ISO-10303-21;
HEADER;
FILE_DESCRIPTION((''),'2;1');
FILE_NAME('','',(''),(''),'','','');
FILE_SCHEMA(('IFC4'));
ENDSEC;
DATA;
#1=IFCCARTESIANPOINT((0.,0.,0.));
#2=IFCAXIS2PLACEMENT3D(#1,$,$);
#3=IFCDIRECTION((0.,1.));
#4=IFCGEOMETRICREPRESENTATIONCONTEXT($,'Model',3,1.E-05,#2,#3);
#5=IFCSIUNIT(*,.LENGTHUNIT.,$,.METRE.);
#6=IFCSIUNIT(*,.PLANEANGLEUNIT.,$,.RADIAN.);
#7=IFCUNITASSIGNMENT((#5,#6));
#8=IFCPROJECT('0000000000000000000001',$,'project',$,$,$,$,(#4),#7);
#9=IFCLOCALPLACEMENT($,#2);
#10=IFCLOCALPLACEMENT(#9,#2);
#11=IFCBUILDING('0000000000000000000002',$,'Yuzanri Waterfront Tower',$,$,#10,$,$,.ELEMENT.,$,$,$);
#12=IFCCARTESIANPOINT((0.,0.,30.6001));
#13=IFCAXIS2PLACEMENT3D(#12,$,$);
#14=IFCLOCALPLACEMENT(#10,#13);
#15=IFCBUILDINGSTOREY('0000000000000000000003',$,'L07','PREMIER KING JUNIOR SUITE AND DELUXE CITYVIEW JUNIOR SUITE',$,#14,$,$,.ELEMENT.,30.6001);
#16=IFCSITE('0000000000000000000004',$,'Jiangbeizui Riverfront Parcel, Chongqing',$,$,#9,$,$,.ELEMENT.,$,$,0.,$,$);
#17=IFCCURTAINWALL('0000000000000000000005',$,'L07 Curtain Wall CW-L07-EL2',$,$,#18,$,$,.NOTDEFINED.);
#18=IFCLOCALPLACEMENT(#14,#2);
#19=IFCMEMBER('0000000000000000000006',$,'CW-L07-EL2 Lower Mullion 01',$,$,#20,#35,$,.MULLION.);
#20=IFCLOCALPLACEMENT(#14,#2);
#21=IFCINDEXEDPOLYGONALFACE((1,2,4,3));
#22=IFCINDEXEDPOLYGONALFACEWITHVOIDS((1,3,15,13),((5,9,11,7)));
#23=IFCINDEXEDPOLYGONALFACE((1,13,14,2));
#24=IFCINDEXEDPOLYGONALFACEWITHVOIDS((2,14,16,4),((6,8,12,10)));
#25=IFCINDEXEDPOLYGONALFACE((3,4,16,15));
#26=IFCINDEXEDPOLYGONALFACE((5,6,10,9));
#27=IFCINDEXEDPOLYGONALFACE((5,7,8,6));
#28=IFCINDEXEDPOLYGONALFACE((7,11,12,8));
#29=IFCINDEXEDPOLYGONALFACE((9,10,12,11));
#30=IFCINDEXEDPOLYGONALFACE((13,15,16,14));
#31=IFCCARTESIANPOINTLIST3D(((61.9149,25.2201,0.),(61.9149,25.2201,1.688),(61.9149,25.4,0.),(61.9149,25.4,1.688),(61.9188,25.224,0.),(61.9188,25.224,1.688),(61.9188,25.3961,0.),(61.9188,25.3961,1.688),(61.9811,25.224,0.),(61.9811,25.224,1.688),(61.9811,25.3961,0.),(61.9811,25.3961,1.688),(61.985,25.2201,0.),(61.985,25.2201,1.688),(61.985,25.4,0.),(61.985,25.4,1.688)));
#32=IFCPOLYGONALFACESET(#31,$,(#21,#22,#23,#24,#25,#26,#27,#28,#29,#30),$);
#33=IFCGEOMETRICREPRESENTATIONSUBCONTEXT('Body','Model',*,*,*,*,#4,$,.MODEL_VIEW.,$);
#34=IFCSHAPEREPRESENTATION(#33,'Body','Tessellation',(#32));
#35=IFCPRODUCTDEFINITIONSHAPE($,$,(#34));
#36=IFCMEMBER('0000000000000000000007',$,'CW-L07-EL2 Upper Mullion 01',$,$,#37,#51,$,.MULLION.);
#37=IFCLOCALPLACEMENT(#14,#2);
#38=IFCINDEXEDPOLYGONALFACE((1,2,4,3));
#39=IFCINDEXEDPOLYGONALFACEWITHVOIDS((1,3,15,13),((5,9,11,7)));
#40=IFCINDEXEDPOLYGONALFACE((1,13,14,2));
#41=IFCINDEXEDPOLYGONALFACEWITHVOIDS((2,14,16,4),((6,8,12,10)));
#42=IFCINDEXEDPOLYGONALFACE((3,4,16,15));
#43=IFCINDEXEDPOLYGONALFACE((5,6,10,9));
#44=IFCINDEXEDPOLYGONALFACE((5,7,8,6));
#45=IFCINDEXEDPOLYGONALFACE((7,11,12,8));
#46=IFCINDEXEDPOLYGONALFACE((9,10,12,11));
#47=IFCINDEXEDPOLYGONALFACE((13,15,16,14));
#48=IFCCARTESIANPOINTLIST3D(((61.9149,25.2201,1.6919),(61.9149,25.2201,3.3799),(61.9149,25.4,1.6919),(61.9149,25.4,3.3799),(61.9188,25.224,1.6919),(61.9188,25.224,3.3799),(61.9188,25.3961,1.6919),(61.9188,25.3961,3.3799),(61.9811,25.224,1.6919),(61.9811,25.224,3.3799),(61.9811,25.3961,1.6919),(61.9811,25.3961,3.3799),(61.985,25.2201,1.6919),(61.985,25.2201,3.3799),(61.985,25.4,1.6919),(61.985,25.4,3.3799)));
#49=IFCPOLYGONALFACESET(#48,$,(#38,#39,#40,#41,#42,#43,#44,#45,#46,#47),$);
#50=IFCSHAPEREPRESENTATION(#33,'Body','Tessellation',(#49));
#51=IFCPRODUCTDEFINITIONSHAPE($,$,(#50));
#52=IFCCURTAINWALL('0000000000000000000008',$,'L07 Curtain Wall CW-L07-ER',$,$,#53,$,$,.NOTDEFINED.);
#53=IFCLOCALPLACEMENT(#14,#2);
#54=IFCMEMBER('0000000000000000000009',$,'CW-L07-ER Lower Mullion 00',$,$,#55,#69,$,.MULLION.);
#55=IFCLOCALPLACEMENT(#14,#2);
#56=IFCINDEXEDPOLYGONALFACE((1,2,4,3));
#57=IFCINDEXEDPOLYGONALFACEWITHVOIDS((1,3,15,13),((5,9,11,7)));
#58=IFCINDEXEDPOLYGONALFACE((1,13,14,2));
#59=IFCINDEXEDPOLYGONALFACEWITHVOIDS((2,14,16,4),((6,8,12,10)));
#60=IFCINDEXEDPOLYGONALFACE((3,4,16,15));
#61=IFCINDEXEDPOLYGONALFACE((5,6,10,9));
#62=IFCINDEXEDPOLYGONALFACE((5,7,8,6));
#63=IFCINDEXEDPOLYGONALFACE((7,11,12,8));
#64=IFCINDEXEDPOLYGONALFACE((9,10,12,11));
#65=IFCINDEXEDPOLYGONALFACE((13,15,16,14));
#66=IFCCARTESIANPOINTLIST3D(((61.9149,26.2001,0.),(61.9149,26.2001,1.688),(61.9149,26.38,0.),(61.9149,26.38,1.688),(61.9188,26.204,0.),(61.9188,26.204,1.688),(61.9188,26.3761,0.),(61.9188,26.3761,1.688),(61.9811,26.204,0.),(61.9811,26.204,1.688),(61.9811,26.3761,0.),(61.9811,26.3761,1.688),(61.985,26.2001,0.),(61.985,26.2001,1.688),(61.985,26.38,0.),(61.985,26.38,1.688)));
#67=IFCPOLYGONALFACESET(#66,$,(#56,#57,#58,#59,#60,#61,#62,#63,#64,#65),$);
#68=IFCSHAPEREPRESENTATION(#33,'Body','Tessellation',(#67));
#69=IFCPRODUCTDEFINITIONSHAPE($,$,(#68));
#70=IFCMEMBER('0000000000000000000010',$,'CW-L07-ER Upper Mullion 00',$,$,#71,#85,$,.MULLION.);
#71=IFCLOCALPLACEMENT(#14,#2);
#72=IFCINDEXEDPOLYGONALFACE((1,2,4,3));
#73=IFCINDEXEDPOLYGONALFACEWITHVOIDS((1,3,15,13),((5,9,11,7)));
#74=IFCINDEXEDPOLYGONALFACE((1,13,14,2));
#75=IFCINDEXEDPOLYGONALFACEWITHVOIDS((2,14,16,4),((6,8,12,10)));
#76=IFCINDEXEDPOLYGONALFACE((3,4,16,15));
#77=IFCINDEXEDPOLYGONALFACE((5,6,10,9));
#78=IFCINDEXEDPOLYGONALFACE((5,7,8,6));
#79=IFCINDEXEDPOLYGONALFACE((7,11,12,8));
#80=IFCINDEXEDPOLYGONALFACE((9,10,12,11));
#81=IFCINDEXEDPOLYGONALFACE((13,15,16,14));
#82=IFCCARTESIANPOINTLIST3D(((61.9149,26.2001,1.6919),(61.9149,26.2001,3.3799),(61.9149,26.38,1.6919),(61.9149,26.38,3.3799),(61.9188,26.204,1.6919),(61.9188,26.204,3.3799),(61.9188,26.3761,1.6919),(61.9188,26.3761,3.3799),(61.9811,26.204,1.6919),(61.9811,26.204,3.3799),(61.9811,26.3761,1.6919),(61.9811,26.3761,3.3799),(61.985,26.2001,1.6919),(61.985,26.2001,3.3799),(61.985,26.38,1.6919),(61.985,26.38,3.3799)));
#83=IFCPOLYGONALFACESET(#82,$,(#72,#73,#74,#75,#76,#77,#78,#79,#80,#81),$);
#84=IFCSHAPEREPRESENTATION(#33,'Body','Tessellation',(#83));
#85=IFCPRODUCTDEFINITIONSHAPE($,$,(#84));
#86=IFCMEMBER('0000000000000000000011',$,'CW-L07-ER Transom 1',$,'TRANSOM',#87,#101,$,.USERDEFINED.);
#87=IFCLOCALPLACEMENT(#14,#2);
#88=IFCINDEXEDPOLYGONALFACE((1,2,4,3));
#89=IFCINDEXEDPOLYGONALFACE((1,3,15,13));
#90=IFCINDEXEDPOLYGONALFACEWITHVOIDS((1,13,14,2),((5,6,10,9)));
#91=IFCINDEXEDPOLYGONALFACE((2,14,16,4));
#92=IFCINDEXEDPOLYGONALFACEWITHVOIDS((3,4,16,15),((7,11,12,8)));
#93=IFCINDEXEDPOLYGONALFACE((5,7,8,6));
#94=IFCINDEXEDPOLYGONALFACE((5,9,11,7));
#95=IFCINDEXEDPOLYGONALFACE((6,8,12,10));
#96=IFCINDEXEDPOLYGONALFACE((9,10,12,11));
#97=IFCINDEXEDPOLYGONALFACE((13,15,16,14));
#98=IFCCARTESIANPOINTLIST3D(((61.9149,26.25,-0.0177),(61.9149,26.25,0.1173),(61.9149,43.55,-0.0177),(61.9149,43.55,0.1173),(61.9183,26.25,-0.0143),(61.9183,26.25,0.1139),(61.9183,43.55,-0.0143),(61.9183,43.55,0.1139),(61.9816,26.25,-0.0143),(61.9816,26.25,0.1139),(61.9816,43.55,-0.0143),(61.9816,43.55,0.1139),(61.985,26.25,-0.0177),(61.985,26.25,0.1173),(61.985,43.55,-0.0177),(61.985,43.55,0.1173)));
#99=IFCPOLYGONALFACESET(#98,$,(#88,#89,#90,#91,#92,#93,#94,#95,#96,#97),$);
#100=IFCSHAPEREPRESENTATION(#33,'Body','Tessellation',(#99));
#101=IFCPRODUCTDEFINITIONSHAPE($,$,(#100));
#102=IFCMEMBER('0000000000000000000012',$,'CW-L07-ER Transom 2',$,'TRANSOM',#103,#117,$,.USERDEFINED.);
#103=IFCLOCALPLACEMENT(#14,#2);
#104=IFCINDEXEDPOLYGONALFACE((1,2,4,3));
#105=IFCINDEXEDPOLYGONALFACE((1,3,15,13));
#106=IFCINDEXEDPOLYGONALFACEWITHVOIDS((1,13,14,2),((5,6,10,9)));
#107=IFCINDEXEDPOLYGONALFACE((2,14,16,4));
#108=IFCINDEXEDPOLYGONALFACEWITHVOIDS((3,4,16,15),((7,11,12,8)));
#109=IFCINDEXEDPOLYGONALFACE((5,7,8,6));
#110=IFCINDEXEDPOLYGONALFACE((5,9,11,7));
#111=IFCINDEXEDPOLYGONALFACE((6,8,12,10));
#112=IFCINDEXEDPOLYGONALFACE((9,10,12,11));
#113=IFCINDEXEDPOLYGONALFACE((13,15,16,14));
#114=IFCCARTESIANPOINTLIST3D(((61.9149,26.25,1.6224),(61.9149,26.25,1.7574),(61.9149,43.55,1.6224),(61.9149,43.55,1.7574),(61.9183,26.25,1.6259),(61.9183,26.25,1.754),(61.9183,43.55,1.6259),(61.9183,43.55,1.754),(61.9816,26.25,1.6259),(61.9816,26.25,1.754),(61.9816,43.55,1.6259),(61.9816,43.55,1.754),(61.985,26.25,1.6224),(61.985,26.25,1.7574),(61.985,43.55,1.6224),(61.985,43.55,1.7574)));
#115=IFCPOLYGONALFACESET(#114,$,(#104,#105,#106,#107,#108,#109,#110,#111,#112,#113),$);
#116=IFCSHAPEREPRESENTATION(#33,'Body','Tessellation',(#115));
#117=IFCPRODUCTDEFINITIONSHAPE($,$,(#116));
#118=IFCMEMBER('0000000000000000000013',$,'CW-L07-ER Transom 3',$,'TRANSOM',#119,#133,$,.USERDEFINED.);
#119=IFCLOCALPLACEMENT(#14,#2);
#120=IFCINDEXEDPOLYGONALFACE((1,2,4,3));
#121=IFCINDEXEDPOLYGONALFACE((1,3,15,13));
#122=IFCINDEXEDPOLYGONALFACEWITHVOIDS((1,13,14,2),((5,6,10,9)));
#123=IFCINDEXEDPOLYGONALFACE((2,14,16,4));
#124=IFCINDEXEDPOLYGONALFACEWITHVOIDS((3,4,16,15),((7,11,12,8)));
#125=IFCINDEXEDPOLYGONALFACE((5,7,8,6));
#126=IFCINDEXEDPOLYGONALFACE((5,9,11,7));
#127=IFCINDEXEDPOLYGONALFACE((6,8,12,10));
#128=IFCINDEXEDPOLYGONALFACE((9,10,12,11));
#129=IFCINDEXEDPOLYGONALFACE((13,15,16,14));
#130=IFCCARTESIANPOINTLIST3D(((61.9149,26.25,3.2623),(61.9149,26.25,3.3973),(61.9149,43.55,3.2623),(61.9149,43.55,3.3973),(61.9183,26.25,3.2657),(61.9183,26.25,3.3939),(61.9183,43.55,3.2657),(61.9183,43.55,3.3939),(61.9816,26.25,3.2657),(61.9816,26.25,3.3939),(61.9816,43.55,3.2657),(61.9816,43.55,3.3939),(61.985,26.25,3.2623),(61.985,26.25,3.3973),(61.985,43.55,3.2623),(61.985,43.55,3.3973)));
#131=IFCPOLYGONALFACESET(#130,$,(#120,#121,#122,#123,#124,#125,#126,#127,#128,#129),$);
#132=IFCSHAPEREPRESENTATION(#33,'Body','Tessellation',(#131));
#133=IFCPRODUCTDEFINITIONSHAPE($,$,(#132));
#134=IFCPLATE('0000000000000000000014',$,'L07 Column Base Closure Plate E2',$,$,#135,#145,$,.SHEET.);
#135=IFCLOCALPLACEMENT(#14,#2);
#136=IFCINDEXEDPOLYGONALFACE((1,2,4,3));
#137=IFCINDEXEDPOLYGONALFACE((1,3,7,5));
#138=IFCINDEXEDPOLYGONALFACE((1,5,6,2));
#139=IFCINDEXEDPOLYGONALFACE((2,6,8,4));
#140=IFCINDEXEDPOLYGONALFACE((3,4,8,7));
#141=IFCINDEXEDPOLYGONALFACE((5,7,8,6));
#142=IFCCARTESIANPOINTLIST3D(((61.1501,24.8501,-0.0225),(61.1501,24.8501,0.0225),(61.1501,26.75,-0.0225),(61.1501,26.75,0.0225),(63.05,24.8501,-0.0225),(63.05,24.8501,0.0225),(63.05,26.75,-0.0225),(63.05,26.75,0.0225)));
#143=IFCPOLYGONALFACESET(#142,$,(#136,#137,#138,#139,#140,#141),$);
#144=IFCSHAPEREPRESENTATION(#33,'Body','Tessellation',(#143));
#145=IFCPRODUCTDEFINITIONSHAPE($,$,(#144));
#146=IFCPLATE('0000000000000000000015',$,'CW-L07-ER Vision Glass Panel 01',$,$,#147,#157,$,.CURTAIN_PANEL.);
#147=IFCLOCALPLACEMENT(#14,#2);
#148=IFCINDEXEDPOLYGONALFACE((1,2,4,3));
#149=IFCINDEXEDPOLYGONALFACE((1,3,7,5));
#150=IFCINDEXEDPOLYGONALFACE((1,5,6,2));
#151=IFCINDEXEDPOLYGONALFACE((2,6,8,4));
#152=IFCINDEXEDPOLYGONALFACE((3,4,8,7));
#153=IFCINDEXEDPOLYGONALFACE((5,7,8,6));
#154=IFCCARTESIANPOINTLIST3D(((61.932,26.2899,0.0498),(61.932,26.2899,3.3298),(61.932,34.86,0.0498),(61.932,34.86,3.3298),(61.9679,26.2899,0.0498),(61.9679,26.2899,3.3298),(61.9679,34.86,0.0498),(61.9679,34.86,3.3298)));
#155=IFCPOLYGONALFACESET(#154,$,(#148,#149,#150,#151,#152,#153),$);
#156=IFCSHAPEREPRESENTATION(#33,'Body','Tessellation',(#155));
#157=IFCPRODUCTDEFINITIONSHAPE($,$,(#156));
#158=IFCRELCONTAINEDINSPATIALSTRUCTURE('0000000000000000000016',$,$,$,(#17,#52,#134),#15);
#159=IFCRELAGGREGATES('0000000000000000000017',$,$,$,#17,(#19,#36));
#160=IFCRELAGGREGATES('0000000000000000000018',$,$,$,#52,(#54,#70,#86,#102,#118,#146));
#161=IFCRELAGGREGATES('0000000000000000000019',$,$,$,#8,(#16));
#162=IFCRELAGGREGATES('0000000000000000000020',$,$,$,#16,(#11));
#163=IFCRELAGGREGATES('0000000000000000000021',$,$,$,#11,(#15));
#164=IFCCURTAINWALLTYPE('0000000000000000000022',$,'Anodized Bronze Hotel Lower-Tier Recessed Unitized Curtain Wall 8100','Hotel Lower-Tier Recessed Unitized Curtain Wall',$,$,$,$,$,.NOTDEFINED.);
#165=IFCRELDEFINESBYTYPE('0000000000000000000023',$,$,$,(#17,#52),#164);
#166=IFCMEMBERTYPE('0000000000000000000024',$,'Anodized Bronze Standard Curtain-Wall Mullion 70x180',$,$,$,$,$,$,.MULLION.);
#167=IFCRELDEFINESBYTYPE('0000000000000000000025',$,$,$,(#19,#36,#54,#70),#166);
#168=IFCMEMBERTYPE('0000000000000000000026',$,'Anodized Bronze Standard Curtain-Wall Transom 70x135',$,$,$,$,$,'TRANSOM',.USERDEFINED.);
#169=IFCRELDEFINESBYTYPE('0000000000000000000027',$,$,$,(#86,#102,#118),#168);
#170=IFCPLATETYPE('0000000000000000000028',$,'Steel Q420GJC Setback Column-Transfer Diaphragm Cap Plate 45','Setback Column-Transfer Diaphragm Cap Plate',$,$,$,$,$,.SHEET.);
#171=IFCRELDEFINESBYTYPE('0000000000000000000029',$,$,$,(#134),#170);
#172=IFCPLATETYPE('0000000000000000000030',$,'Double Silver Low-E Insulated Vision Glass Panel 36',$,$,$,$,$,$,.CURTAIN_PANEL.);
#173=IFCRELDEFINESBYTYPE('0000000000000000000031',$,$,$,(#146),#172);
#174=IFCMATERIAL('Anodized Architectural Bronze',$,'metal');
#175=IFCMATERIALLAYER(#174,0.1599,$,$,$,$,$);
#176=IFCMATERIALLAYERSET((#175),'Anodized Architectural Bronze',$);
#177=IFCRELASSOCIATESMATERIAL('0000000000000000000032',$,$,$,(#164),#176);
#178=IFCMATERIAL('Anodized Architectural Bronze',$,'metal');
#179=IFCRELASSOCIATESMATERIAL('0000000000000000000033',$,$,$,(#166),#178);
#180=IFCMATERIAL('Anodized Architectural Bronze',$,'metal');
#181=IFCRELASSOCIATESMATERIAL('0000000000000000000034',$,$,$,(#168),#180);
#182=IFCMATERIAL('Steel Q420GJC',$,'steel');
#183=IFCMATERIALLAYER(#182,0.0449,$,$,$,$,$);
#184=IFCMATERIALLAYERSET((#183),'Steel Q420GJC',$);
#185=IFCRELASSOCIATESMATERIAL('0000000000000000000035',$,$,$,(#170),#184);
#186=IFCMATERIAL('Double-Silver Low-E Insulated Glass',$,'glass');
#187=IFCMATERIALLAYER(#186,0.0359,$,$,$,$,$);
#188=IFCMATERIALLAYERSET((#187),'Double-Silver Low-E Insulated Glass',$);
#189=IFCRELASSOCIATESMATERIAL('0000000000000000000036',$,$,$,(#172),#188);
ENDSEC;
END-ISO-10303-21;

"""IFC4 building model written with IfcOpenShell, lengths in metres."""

from ifc_helpers import new_model, si_unit, direction, frame, origin, origin_2d, place, context, subcontext, project, spatial, rectangle, hollow_rectangle, extrude, source, transform, mapped, material, layer, layer_set, material_profile, profile_set, type_object, element, aggregate, save


model = new_model("IFC4")

# Units and contexts
model_context = context("Model", 3, precision=1e-05, world=origin(), true_north=direction((0.0, 1.0)))
body_context = subcontext(model_context, "Body", "Model", "MODEL_VIEW")
ifc_project = project(units=[si_unit("LENGTHUNIT", "METRE"), si_unit("PLANEANGLEUNIT", "RADIAN")], contexts=[model_context])

# Site, building, storey
site_placement = place(None, origin())
site = spatial("IfcSite", under=ifc_project, at=site_placement, Name="Jiangbeizui Riverfront Parcel, Chongqing", CompositionType="ELEMENT", RefElevation=0.0)
building_placement = place(site_placement, origin())
building = spatial("IfcBuilding", under=site, at=building_placement, Name="Yuzanri Waterfront Tower", CompositionType="ELEMENT")
storey_placement = place(building_placement, frame((0.0, 0.0, 30.6001)))
storey = spatial("IfcBuildingStorey", under=building, at=storey_placement, Name="L07", Description="PREMIER KING JUNIOR SUITE AND DELUXE CITYVIEW JUNIOR SUITE", CompositionType="ELEMENT", Elevation=30.6001)

# Curtain walls, members
ifc_material_1 = material(Name="Anodized Architectural Bronze", Category="metal")
ifc_layer_1 = layer(ifc_material_1, 0.1599)
ifc_layer_set_1 = layer_set([ifc_layer_1], Name="Anodized Architectural Bronze")
curtain_wall_type = type_object("IfcCurtainWallType", Name="Anodized Bronze Hotel Lower-Tier Recessed Unitized Curtain Wall 8100", Description="Hotel Lower-Tier Recessed Unitized Curtain Wall", PredefinedType="NOTDEFINED", material=ifc_layer_set_1)
curtain_wall_1_placement = place(storey_placement, origin())
curtain_wall_1 = element("IfcCurtainWall", 1, at=curtain_wall_1_placement, inside=storey, type_object=curtain_wall_type, Name="L07 Curtain Wall CW-L07-EL2", PredefinedType="NOTDEFINED")
ifc_material_2 = material(Name="Anodized Architectural Bronze", Category="metal")
ifc_material_profile_1 = material_profile(ifc_material_2, hollow_rectangle(XDim=0.0701, YDim=0.1799, WallThickness=0.0039, at=origin_2d()), Name="CWM 70x180")
ifc_profile_set_1 = profile_set([ifc_material_profile_1], Name="Anodized Architectural Bronze")
member_type_1 = type_object("IfcMemberType", Name="Anodized Bronze Standard Curtain-Wall Mullion 70x180", PredefinedType="MULLION", material=ifc_profile_set_1)
shared_shape_1 = source(origin(), body_context, "Body", "SweptSolid", [
    extrude(hollow_rectangle(XDim=0.0701, YDim=0.1799, WallThickness=0.0039, at=origin_2d()), origin(), (0.0, 0.0, 1.0), 1.688),
])
member_1_placement = place(storey_placement, frame((61.95, 25.3101, 0.0), z_axis=(0.0, 0.0, 1.0), x_axis=(1.0, 0.0, 0.0)))
member_1 = element("IfcMember", 2, at=member_1_placement, type_object=member_type_1, Name="CW-L07-EL2 Lower Mullion 01", PredefinedType="MULLION", context=body_context, shape_type="MappedRepresentation", body=[
    mapped(shared_shape_1, transform((0.0, 0.0, 0.0), scale=1.0)),
])
member_2_placement = place(storey_placement, frame((61.95, 25.3101, 1.6919), z_axis=(0.0, 0.0, 1.0), x_axis=(1.0, 0.0, 0.0)))
member_2 = element("IfcMember", 3, at=member_2_placement, type_object=member_type_1, Name="CW-L07-EL2 Upper Mullion 01", PredefinedType="MULLION", context=body_context, shape_type="MappedRepresentation", body=[
    mapped(shared_shape_1, transform((0.0, 0.0, 0.0), scale=1.0)),
])
aggregate(curtain_wall_1, [member_1, member_2])
curtain_wall_2_placement = place(storey_placement, origin())
curtain_wall_2 = element("IfcCurtainWall", 4, at=curtain_wall_2_placement, inside=storey, type_object=curtain_wall_type, Name="L07 Curtain Wall CW-L07-ER", PredefinedType="NOTDEFINED")
member_3_placement = place(storey_placement, frame((61.95, 26.29, 0.0), z_axis=(0.0, 0.0, 1.0), x_axis=(1.0, 0.0, 0.0)))
member_3 = element("IfcMember", 5, at=member_3_placement, type_object=member_type_1, Name="CW-L07-ER Lower Mullion 00", PredefinedType="MULLION", context=body_context, shape_type="MappedRepresentation", body=[
    mapped(shared_shape_1, transform((0.0, 0.0, 0.0), scale=1.0)),
])
member_4_placement = place(storey_placement, frame((61.95, 26.29, 1.6919), z_axis=(0.0, 0.0, 1.0), x_axis=(1.0, 0.0, 0.0)))
member_4 = element("IfcMember", 6, at=member_4_placement, type_object=member_type_1, Name="CW-L07-ER Upper Mullion 00", PredefinedType="MULLION", context=body_context, shape_type="MappedRepresentation", body=[
    mapped(shared_shape_1, transform((0.0, 0.0, 0.0), scale=1.0)),
])
ifc_material_3 = material(Name="Anodized Architectural Bronze", Category="metal")
ifc_material_profile_2 = material_profile(ifc_material_3, hollow_rectangle(XDim=0.0701, YDim=0.135, WallThickness=0.0034, at=origin_2d()), Name="CWT 70x135")
ifc_profile_set_2 = profile_set([ifc_material_profile_2], Name="Anodized Architectural Bronze")
member_type_2 = type_object("IfcMemberType", Name="Anodized Bronze Standard Curtain-Wall Transom 70x135", ElementType="TRANSOM", PredefinedType="USERDEFINED", material=ifc_profile_set_2)
shared_shape_2 = source(origin(), body_context, "Body", "SweptSolid", [
    extrude(hollow_rectangle(XDim=0.0701, YDim=0.135, WallThickness=0.0034, at=origin_2d()), origin(), (0.0, 0.0, 1.0), 17.3),
])
member_5_placement = place(storey_placement, frame((61.95, 26.25, 0.0498), z_axis=(0.0, 1.0, 0.0), x_axis=(-1.0, 0.0, 0.0)))
member_5 = element("IfcMember", 7, at=member_5_placement, type_object=member_type_2, Name="CW-L07-ER Transom 1", ObjectType="TRANSOM", PredefinedType="USERDEFINED", context=body_context, shape_type="MappedRepresentation", body=[
    mapped(shared_shape_2, transform((0.0, 0.0, 0.0), scale=1.0)),
])
member_6_placement = place(storey_placement, frame((61.95, 26.25, 1.6899), z_axis=(0.0, 1.0, 0.0), x_axis=(-1.0, 0.0, 0.0)))
member_6 = element("IfcMember", 8, at=member_6_placement, type_object=member_type_2, Name="CW-L07-ER Transom 2", ObjectType="TRANSOM", PredefinedType="USERDEFINED", context=body_context, shape_type="MappedRepresentation", body=[
    mapped(shared_shape_2, transform((0.0, 0.0, 0.0), scale=1.0)),
])
member_7_placement = place(storey_placement, frame((61.95, 26.25, 3.3298), z_axis=(0.0, 1.0, 0.0), x_axis=(-1.0, 0.0, 0.0)))
member_7 = element("IfcMember", 9, at=member_7_placement, type_object=member_type_2, Name="CW-L07-ER Transom 3", ObjectType="TRANSOM", PredefinedType="USERDEFINED", context=body_context, shape_type="MappedRepresentation", body=[
    mapped(shared_shape_2, transform((0.0, 0.0, 0.0), scale=1.0)),
])

# Plates
ifc_material_4 = material(Name="Steel Q420GJC", Category="steel")
ifc_layer_2 = layer(ifc_material_4, 0.0449)
ifc_layer_set_2 = layer_set([ifc_layer_2], Name="Steel Q420GJC")
plate_type_1 = type_object("IfcPlateType", Name="Steel Q420GJC Setback Column-Transfer Diaphragm Cap Plate 45", Description="Setback Column-Transfer Diaphragm Cap Plate", PredefinedType="SHEET", material=ifc_layer_set_2)
shared_shape_3 = source(origin(), body_context, "Body", "SweptSolid", [
    extrude(rectangle(XDim=1.8999, YDim=1.8999, at=origin_2d()), origin(), (0.0, 0.0, 1.0), 0.0449),
])
plate_1_placement = place(storey_placement, frame((62.1001, 25.8, -0.0225), z_axis=(0.0, 0.0, 1.0), x_axis=(1.0, 0.0, 0.0)))
element("IfcPlate", 10, at=plate_1_placement, inside=storey, type_object=plate_type_1, Name="L07 Column Base Closure Plate E2", PredefinedType="SHEET", context=body_context, shape_type="MappedRepresentation", body=[
    mapped(shared_shape_3, transform((0.0, 0.0, 0.0), scale=1.0)),
])
ifc_material_5 = material(Name="Double-Silver Low-E Insulated Glass", Category="glass")
ifc_layer_3 = layer(ifc_material_5, 0.0359)
ifc_layer_set_3 = layer_set([ifc_layer_3], Name="Double-Silver Low-E Insulated Glass")
plate_type_2 = type_object("IfcPlateType", Name="Double Silver Low-E Insulated Vision Glass Panel 36", PredefinedType="CURTAIN_PANEL", material=ifc_layer_set_3)
shared_shape_4 = source(origin(), body_context, "Body", "SweptSolid", [
    extrude(rectangle(XDim=8.5701, YDim=0.0359, at=origin_2d()), origin(), (0.0, 0.0, 1.0), 3.28),
])
plate_2_placement = place(storey_placement, frame((61.95, 30.575, 0.0498), z_axis=(0.0, 0.0, 1.0), x_axis=(0.0, 1.0, 0.0)))
plate_2 = element("IfcPlate", 11, at=plate_2_placement, type_object=plate_type_2, Name="CW-L07-ER Vision Glass Panel 01", PredefinedType="CURTAIN_PANEL", context=body_context, shape_type="MappedRepresentation", body=[
    mapped(shared_shape_4, transform((0.0, 0.0, 0.0), scale=1.0)),
])
aggregate(curtain_wall_2, [member_3, member_4, member_5, member_6, member_7, plate_2])

save(model, "model.ifc")
